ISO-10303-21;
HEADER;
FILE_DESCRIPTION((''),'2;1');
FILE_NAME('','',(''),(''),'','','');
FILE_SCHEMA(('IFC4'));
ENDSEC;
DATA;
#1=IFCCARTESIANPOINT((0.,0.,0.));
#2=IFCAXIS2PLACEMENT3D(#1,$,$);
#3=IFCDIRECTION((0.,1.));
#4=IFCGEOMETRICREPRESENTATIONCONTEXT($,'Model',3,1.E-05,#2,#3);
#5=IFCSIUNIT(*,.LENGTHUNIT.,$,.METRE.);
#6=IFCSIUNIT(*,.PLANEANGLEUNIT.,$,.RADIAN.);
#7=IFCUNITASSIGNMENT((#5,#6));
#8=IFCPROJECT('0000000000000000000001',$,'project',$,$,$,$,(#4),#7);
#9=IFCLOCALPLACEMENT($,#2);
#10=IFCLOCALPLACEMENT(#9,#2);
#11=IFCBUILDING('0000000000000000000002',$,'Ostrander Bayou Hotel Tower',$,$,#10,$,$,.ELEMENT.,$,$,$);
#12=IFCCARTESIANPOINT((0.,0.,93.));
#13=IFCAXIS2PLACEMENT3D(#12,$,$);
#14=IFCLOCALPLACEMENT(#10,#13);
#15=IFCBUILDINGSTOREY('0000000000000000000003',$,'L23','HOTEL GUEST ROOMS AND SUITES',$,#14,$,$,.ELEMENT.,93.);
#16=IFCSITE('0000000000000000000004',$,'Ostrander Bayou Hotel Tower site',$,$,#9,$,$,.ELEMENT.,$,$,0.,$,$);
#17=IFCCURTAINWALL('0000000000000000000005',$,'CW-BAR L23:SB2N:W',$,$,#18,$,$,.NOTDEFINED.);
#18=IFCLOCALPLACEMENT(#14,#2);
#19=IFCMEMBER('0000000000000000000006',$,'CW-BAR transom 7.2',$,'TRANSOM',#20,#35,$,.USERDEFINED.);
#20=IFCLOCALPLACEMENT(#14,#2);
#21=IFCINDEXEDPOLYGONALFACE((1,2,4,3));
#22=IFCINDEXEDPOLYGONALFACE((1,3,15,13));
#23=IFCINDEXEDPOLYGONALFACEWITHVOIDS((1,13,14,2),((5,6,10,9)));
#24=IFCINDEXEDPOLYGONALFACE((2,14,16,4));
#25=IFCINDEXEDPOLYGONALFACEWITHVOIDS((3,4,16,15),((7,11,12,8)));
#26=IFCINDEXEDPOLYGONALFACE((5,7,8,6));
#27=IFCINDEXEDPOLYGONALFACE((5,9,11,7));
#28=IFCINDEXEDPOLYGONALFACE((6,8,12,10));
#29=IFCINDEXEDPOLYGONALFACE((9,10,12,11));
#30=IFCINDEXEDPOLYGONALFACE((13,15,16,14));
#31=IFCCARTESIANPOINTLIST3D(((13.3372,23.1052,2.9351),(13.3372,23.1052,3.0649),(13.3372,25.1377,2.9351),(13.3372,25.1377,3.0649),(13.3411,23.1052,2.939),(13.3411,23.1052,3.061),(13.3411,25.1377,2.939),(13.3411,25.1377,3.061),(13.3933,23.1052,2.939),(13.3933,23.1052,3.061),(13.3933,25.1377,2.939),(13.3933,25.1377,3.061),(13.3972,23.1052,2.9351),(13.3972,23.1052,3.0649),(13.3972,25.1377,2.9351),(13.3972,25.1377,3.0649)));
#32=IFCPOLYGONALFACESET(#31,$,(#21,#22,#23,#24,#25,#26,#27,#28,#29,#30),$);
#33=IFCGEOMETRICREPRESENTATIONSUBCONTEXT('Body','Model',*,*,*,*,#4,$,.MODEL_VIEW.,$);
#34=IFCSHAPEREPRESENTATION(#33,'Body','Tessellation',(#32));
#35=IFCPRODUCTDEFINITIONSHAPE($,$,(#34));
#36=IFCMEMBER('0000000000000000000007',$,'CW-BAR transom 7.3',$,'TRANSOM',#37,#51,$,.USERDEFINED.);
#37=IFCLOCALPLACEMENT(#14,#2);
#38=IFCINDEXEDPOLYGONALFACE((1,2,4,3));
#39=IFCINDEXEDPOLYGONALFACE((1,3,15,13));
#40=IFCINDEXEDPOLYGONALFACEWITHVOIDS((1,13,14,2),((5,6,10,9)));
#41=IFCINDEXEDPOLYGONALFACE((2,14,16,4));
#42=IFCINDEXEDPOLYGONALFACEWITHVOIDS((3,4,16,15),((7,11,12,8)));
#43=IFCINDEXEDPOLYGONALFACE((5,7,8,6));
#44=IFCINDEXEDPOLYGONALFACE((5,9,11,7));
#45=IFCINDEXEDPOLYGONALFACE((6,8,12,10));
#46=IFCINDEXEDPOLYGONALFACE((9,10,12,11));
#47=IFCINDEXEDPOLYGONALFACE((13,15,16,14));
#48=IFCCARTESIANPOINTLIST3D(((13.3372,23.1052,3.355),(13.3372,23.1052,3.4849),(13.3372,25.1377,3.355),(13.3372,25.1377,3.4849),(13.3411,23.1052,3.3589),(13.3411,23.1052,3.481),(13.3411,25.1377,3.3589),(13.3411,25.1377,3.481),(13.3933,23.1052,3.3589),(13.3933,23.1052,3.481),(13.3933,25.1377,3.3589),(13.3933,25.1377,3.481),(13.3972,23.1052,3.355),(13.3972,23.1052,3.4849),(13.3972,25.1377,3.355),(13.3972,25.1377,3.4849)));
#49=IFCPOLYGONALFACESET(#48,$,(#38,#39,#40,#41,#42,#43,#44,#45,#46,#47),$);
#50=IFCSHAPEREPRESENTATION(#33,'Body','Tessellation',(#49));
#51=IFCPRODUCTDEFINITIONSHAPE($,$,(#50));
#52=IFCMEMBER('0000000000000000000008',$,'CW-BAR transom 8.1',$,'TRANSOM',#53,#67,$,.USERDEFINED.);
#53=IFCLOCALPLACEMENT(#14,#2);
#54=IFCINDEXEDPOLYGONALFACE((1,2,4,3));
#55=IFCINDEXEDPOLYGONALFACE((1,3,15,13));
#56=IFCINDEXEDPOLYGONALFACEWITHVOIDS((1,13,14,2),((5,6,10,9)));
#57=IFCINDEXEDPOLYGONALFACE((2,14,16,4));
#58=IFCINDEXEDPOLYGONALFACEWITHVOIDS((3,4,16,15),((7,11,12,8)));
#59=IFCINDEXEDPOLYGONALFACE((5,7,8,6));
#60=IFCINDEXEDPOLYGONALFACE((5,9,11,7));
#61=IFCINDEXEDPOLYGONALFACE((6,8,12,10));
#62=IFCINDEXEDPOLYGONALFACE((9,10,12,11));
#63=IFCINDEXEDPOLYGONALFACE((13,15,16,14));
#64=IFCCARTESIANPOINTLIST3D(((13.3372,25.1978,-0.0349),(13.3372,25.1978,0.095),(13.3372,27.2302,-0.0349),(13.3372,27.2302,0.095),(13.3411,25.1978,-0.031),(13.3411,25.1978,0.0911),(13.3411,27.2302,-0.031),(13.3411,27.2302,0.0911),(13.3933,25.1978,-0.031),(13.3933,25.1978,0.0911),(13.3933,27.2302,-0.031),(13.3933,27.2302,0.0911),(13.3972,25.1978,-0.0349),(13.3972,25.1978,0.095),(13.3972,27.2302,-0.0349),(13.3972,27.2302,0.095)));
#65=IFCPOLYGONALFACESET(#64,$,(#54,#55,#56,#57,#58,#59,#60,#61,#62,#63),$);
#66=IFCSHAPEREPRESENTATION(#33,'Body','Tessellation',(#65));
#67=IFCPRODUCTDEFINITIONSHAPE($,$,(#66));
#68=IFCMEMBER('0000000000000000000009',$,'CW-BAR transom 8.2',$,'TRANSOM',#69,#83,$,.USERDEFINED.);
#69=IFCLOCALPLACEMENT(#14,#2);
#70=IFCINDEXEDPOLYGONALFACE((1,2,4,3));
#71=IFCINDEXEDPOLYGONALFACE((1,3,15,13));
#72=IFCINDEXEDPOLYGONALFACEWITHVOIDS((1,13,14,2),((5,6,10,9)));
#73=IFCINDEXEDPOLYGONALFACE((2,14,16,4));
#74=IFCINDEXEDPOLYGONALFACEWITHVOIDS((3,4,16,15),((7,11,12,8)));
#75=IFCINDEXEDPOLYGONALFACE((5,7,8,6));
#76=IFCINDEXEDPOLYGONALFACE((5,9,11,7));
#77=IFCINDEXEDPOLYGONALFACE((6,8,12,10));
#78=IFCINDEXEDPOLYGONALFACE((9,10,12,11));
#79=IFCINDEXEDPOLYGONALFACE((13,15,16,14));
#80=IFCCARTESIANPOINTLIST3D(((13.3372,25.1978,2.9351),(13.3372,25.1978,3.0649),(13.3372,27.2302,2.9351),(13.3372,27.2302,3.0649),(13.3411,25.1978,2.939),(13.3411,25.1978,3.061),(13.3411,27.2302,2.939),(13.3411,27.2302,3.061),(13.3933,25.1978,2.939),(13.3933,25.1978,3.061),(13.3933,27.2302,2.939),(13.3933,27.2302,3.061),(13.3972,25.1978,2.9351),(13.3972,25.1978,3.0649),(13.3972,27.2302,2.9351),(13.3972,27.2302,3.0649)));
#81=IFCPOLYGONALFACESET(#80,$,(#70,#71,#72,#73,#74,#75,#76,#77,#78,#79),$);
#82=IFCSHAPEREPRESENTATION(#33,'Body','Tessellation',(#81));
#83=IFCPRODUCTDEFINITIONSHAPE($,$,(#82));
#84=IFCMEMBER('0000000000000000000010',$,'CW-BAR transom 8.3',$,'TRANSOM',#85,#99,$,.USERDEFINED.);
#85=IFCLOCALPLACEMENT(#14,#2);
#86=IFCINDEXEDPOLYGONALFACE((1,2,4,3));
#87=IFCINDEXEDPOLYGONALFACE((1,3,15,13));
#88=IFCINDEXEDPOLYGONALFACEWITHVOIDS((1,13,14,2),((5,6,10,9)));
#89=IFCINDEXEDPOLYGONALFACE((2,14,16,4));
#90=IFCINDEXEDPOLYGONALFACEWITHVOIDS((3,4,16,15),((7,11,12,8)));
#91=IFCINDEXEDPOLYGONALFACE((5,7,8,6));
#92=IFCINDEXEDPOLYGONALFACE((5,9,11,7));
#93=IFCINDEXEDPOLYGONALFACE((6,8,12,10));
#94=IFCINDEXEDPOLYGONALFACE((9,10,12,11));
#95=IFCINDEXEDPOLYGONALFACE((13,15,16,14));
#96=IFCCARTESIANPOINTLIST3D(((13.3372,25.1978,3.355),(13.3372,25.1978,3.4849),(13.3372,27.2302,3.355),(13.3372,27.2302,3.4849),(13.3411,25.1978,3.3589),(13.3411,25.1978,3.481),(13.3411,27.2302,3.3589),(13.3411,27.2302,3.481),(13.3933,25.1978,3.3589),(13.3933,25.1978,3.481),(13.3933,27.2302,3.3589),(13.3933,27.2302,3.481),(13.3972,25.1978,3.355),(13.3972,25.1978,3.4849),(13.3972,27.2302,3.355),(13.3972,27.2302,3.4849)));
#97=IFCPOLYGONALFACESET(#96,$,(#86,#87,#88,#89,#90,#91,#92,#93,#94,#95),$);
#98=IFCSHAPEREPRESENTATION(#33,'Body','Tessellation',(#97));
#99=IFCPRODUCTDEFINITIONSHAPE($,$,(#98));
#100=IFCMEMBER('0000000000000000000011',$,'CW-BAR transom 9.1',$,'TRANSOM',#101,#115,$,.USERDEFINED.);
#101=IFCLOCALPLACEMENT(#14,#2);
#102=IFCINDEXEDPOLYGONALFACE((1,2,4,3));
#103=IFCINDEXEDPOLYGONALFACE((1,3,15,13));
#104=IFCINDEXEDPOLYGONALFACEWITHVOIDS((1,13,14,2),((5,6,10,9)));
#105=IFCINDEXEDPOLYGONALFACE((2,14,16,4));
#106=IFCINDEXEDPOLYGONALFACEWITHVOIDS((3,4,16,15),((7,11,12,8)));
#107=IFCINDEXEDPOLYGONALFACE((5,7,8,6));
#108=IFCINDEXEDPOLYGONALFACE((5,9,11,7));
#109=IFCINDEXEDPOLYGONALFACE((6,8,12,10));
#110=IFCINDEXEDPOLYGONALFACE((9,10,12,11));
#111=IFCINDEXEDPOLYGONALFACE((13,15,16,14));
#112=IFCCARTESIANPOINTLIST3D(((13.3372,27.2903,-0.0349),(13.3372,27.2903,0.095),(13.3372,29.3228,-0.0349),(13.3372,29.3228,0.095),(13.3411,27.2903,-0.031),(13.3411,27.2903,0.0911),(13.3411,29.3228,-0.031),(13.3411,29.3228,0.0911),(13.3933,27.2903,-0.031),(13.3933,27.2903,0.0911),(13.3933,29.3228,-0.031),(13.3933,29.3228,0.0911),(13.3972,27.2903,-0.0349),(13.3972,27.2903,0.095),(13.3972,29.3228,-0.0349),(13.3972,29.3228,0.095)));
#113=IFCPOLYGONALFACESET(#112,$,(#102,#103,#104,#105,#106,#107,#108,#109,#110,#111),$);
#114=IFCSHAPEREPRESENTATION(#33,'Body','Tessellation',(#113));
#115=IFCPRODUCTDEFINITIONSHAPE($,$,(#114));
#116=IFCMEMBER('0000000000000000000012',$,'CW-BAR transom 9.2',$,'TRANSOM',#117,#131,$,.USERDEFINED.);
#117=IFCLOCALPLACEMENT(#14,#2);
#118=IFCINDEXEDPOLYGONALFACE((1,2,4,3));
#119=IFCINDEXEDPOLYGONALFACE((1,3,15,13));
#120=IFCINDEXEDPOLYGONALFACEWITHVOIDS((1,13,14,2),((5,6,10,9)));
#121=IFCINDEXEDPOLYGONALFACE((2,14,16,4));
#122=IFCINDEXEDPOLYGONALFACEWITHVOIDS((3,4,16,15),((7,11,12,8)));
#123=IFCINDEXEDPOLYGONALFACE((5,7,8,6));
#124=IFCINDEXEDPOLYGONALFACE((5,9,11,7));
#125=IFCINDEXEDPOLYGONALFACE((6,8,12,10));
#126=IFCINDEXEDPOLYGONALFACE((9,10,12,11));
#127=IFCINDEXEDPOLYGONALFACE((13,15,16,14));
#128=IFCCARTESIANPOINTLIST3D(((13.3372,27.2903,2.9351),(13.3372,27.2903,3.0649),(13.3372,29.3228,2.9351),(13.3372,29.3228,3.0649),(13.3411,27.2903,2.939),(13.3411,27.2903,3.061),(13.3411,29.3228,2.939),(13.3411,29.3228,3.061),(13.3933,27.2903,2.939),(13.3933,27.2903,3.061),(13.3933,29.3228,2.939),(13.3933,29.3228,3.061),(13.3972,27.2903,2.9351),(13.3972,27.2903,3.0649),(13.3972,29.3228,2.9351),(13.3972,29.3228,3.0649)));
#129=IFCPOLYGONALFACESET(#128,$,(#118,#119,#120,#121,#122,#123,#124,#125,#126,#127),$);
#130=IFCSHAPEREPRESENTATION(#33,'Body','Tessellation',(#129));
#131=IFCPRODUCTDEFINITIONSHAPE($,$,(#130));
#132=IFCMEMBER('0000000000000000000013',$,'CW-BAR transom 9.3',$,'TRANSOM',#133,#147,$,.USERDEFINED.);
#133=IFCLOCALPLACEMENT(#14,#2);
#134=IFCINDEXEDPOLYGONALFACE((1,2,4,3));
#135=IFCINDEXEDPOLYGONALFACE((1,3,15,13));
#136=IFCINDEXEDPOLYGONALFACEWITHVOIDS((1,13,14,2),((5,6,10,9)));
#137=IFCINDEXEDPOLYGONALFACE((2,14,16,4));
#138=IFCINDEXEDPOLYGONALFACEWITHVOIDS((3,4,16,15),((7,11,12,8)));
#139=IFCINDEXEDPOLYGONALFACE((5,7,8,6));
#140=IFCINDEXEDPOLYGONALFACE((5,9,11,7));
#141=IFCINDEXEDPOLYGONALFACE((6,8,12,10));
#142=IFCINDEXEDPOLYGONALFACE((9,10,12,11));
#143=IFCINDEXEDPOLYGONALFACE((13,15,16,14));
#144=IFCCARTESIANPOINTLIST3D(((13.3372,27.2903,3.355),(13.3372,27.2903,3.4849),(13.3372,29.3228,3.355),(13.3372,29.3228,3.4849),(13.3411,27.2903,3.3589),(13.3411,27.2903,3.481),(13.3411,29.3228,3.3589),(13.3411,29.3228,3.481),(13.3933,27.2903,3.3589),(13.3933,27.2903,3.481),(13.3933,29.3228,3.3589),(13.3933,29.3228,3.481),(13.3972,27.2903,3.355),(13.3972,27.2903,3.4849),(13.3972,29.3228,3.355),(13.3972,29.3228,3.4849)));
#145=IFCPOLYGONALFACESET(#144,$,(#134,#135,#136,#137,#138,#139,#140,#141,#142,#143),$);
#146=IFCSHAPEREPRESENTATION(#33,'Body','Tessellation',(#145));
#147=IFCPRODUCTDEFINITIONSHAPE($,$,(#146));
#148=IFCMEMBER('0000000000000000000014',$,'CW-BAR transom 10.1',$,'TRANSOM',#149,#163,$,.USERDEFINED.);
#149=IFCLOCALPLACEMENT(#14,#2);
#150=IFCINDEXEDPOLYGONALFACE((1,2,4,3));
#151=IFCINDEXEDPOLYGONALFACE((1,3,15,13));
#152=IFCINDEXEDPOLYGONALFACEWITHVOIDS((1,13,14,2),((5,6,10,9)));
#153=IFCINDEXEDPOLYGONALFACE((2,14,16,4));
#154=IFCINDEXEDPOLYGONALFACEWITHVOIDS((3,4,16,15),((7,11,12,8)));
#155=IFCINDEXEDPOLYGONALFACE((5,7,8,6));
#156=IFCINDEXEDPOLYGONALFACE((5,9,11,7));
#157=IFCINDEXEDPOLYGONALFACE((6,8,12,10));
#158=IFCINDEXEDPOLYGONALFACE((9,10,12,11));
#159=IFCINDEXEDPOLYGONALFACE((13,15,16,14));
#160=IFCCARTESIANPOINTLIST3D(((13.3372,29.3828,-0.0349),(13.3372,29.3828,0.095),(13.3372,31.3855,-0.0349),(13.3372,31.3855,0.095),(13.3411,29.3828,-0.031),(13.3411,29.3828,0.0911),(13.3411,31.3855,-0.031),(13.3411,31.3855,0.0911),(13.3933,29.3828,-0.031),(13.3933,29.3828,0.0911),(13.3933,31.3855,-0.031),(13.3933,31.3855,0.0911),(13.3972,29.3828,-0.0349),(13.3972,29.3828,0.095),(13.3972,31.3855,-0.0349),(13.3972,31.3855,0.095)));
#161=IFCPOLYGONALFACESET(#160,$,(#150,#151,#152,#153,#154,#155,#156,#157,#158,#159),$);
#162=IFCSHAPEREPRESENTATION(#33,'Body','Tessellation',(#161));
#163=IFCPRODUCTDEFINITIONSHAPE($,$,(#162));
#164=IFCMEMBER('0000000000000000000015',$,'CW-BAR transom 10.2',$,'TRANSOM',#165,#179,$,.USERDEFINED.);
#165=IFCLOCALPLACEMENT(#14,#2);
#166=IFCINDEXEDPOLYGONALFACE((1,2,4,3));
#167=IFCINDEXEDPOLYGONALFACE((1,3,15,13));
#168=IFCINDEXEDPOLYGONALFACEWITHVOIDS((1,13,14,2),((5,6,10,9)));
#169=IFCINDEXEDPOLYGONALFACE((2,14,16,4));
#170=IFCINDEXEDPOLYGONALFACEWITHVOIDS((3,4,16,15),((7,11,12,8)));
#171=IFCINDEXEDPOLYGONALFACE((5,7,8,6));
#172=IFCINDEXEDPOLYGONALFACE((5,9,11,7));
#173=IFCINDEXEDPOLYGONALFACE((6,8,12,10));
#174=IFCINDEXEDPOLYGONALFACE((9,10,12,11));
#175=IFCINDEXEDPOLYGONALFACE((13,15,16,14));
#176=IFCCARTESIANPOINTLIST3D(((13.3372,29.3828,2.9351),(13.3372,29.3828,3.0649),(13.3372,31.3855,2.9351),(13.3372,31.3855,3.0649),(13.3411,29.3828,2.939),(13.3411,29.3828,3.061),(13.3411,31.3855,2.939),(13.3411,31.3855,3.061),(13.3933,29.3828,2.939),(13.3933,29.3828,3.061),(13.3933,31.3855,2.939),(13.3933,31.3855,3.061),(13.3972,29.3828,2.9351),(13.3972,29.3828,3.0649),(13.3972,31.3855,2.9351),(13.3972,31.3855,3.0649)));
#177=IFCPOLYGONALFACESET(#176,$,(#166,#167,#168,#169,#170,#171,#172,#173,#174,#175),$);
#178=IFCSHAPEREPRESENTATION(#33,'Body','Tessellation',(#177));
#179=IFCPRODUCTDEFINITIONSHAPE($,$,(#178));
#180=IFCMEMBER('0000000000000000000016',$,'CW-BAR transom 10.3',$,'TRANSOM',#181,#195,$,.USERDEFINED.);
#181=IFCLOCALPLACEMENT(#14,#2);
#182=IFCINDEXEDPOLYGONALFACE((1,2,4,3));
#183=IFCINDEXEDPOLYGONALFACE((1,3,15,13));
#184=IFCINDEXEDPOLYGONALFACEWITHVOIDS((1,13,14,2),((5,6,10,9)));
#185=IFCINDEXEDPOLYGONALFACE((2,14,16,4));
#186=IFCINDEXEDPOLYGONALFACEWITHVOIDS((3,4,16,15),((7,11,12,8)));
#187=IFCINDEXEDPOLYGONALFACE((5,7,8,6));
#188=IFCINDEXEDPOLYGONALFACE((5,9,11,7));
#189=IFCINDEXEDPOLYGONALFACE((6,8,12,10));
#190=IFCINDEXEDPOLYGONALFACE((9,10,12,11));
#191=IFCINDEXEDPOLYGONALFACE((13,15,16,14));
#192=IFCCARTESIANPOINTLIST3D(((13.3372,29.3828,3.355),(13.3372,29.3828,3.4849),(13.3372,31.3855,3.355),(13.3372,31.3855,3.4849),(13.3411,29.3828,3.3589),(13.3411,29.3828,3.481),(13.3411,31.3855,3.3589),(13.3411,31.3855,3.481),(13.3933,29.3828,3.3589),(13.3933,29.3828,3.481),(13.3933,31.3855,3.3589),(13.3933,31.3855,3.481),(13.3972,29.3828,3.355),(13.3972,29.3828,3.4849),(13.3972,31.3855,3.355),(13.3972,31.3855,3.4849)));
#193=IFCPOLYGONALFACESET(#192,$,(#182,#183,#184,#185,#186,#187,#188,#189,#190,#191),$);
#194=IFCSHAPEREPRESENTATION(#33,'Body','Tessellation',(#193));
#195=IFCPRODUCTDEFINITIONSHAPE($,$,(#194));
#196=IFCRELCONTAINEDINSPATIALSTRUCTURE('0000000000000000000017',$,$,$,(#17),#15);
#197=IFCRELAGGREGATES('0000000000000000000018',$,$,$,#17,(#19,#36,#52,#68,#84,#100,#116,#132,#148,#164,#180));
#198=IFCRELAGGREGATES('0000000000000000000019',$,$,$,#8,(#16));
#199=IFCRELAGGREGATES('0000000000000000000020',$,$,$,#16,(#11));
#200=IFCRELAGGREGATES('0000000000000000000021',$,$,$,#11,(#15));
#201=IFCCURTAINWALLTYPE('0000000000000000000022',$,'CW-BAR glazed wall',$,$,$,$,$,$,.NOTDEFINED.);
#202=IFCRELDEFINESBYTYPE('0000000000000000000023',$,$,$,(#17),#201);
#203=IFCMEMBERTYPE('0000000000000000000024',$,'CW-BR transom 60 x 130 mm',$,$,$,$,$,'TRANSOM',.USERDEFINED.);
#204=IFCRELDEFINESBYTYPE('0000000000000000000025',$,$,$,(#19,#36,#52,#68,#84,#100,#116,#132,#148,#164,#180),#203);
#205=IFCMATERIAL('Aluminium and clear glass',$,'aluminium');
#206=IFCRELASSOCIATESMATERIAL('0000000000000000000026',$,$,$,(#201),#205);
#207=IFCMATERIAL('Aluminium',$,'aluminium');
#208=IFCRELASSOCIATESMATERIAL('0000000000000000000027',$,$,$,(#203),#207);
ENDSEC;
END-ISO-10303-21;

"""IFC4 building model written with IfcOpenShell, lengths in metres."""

from ifc_helpers import new_model, si_unit, direction, frame, origin, origin_2d, place, context, subcontext, project, spatial, hollow_rectangle, extrude, material, material_profile, profile_set, type_object, element, aggregate, save


model = new_model("IFC4")

# Units and contexts
model_context = context("Model", 3, precision=1e-05, world=origin(), true_north=direction((0.0, 1.0)))
body_context = subcontext(model_context, "Body", "Model", "MODEL_VIEW")
ifc_project = project(units=[si_unit("LENGTHUNIT", "METRE"), si_unit("PLANEANGLEUNIT", "RADIAN")], contexts=[model_context])

# Site, building, storey
site_placement = place(None, origin())
site = spatial("IfcSite", under=ifc_project, at=site_placement, Name="Ostrander Bayou Hotel Tower site", CompositionType="ELEMENT", RefElevation=0.0)
building_placement = place(site_placement, origin())
building = spatial("IfcBuilding", under=site, at=building_placement, Name="Ostrander Bayou Hotel Tower", CompositionType="ELEMENT")
storey_placement = place(building_placement, frame((0.0, 0.0, 93.0)))
storey = spatial("IfcBuildingStorey", under=building, at=storey_placement, Name="L23", Description="HOTEL GUEST ROOMS AND SUITES", CompositionType="ELEMENT", Elevation=93.0)

# Shared definitions
ifc_material_1 = material(Name="Aluminium and clear glass", Category="aluminium")
curtain_wall_type = type_object("IfcCurtainWallType", Name="CW-BAR glazed wall", PredefinedType="NOTDEFINED", material=ifc_material_1)

# Curtain wall, members
curtain_wall_1_placement = place(storey_placement, origin())
curtain_wall_1 = element("IfcCurtainWall", 1, at=curtain_wall_1_placement, inside=storey, type_object=curtain_wall_type, Name="CW-BAR L23:SB2N:W", PredefinedType="NOTDEFINED")
ifc_material_2 = material(Name="Aluminium", Category="aluminium")
ifc_material_profile_1 = material_profile(ifc_material_2, hollow_rectangle(XDim=0.0601, YDim=0.1299, WallThickness=0.0039, at=origin_2d()))
ifc_profile_set_1 = profile_set([ifc_material_profile_1], Name="Aluminium")
member_type_1 = type_object("IfcMemberType", Name="CW-BR transom 60 x 130 mm", ElementType="TRANSOM", PredefinedType="USERDEFINED", material=ifc_profile_set_1)
member_1_placement = place(storey_placement, frame((13.3672, 23.1052, 3.0), z_axis=(0.0, 1.0, 0.0), x_axis=(-1.0, 0.0, 0.0)))
member_1 = element("IfcMember", 2, at=member_1_placement, type_object=member_type_1, Name="CW-BAR transom 7.2", ObjectType="TRANSOM", PredefinedType="USERDEFINED", context=body_context, shape_type="SweptSolid", body=[
    extrude(hollow_rectangle(XDim=0.0601, YDim=0.1299, WallThickness=0.0039, at=origin_2d()), origin(), (0.0, 0.0, 1.0), 2.0325),
])
member_2_placement = place(storey_placement, frame((13.3672, 23.1052, 3.4199), z_axis=(0.0, 1.0, 0.0), x_axis=(-1.0, 0.0, 0.0)))
member_2 = element("IfcMember", 3, at=member_2_placement, type_object=member_type_1, Name="CW-BAR transom 7.3", ObjectType="TRANSOM", PredefinedType="USERDEFINED", context=body_context, shape_type="SweptSolid", body=[
    extrude(hollow_rectangle(XDim=0.0601, YDim=0.1299, WallThickness=0.0039, at=origin_2d()), origin(), (0.0, 0.0, 1.0), 2.0325),
])
member_3_placement = place(storey_placement, frame((13.3672, 25.1978, 0.03), z_axis=(0.0, 1.0, 0.0), x_axis=(-1.0, 0.0, 0.0)))
member_3 = element("IfcMember", 4, at=member_3_placement, type_object=member_type_1, Name="CW-BAR transom 8.1", ObjectType="TRANSOM", PredefinedType="USERDEFINED", context=body_context, shape_type="SweptSolid", body=[
    extrude(hollow_rectangle(XDim=0.0601, YDim=0.1299, WallThickness=0.0039, at=origin_2d()), origin(), (0.0, 0.0, 1.0), 2.0325),
])
member_4_placement = place(storey_placement, frame((13.3672, 25.1978, 3.0), z_axis=(0.0, 1.0, 0.0), x_axis=(-1.0, 0.0, 0.0)))
member_4 = element("IfcMember", 5, at=member_4_placement, type_object=member_type_1, Name="CW-BAR transom 8.2", ObjectType="TRANSOM", PredefinedType="USERDEFINED", context=body_context, shape_type="SweptSolid", body=[
    extrude(hollow_rectangle(XDim=0.0601, YDim=0.1299, WallThickness=0.0039, at=origin_2d()), origin(), (0.0, 0.0, 1.0), 2.0325),
])
member_5_placement = place(storey_placement, frame((13.3672, 25.1978, 3.4199), z_axis=(0.0, 1.0, 0.0), x_axis=(-1.0, 0.0, 0.0)))
member_5 = element("IfcMember", 6, at=member_5_placement, type_object=member_type_1, Name="CW-BAR transom 8.3", ObjectType="TRANSOM", PredefinedType="USERDEFINED", context=body_context, shape_type="SweptSolid", body=[
    extrude(hollow_rectangle(XDim=0.0601, YDim=0.1299, WallThickness=0.0039, at=origin_2d()), origin(), (0.0, 0.0, 1.0), 2.0325),
])
member_6_placement = place(storey_placement, frame((13.3672, 27.2903, 0.03), z_axis=(0.0, 1.0, 0.0), x_axis=(-1.0, 0.0, 0.0)))
member_6 = element("IfcMember", 7, at=member_6_placement, type_object=member_type_1, Name="CW-BAR transom 9.1", ObjectType="TRANSOM", PredefinedType="USERDEFINED", context=body_context, shape_type="SweptSolid", body=[
    extrude(hollow_rectangle(XDim=0.0601, YDim=0.1299, WallThickness=0.0039, at=origin_2d()), origin(), (0.0, 0.0, 1.0), 2.0325),
])
member_7_placement = place(storey_placement, frame((13.3672, 27.2903, 3.0), z_axis=(0.0, 1.0, 0.0), x_axis=(-1.0, 0.0, 0.0)))
member_7 = element("IfcMember", 8, at=member_7_placement, type_object=member_type_1, Name="CW-BAR transom 9.2", ObjectType="TRANSOM", PredefinedType="USERDEFINED", context=body_context, shape_type="SweptSolid", body=[
    extrude(hollow_rectangle(XDim=0.0601, YDim=0.1299, WallThickness=0.0039, at=origin_2d()), origin(), (0.0, 0.0, 1.0), 2.0325),
])
member_8_placement = place(storey_placement, frame((13.3672, 27.2903, 3.4199), z_axis=(0.0, 1.0, 0.0), x_axis=(-1.0, 0.0, 0.0)))
member_8 = element("IfcMember", 9, at=member_8_placement, type_object=member_type_1, Name="CW-BAR transom 9.3", ObjectType="TRANSOM", PredefinedType="USERDEFINED", context=body_context, shape_type="SweptSolid", body=[
    extrude(hollow_rectangle(XDim=0.0601, YDim=0.1299, WallThickness=0.0039, at=origin_2d()), origin(), (0.0, 0.0, 1.0), 2.0325),
])
member_9_placement = place(storey_placement, frame((13.3672, 29.3828, 0.03), z_axis=(0.0, 1.0, 0.0), x_axis=(-1.0, 0.0, 0.0)))
member_9 = element("IfcMember", 10, at=member_9_placement, type_object=member_type_1, Name="CW-BAR transom 10.1", ObjectType="TRANSOM", PredefinedType="USERDEFINED", context=body_context, shape_type="SweptSolid", body=[
    extrude(hollow_rectangle(XDim=0.0601, YDim=0.1299, WallThickness=0.0039, at=origin_2d()), origin(), (0.0, 0.0, 1.0), 2.0027),
])
member_10_placement = place(storey_placement, frame((13.3672, 29.3828, 3.0), z_axis=(0.0, 1.0, 0.0), x_axis=(-1.0, 0.0, 0.0)))
member_10 = element("IfcMember", 11, at=member_10_placement, type_object=member_type_1, Name="CW-BAR transom 10.2", ObjectType="TRANSOM", PredefinedType="USERDEFINED", context=body_context, shape_type="SweptSolid", body=[
    extrude(hollow_rectangle(XDim=0.0601, YDim=0.1299, WallThickness=0.0039, at=origin_2d()), origin(), (0.0, 0.0, 1.0), 2.0027),
])
member_11_placement = place(storey_placement, frame((13.3672, 29.3828, 3.4199), z_axis=(0.0, 1.0, 0.0), x_axis=(-1.0, 0.0, 0.0)))
member_11 = element("IfcMember", 12, at=member_11_placement, type_object=member_type_1, Name="CW-BAR transom 10.3", ObjectType="TRANSOM", PredefinedType="USERDEFINED", context=body_context, shape_type="SweptSolid", body=[
    extrude(hollow_rectangle(XDim=0.0601, YDim=0.1299, WallThickness=0.0039, at=origin_2d()), origin(), (0.0, 0.0, 1.0), 2.0027),
])

aggregate(curtain_wall_1, [member_1, member_2, member_3, member_4, member_5, member_6, member_7, member_8, member_9, member_10, member_11])

save(model, "model.ifc")
